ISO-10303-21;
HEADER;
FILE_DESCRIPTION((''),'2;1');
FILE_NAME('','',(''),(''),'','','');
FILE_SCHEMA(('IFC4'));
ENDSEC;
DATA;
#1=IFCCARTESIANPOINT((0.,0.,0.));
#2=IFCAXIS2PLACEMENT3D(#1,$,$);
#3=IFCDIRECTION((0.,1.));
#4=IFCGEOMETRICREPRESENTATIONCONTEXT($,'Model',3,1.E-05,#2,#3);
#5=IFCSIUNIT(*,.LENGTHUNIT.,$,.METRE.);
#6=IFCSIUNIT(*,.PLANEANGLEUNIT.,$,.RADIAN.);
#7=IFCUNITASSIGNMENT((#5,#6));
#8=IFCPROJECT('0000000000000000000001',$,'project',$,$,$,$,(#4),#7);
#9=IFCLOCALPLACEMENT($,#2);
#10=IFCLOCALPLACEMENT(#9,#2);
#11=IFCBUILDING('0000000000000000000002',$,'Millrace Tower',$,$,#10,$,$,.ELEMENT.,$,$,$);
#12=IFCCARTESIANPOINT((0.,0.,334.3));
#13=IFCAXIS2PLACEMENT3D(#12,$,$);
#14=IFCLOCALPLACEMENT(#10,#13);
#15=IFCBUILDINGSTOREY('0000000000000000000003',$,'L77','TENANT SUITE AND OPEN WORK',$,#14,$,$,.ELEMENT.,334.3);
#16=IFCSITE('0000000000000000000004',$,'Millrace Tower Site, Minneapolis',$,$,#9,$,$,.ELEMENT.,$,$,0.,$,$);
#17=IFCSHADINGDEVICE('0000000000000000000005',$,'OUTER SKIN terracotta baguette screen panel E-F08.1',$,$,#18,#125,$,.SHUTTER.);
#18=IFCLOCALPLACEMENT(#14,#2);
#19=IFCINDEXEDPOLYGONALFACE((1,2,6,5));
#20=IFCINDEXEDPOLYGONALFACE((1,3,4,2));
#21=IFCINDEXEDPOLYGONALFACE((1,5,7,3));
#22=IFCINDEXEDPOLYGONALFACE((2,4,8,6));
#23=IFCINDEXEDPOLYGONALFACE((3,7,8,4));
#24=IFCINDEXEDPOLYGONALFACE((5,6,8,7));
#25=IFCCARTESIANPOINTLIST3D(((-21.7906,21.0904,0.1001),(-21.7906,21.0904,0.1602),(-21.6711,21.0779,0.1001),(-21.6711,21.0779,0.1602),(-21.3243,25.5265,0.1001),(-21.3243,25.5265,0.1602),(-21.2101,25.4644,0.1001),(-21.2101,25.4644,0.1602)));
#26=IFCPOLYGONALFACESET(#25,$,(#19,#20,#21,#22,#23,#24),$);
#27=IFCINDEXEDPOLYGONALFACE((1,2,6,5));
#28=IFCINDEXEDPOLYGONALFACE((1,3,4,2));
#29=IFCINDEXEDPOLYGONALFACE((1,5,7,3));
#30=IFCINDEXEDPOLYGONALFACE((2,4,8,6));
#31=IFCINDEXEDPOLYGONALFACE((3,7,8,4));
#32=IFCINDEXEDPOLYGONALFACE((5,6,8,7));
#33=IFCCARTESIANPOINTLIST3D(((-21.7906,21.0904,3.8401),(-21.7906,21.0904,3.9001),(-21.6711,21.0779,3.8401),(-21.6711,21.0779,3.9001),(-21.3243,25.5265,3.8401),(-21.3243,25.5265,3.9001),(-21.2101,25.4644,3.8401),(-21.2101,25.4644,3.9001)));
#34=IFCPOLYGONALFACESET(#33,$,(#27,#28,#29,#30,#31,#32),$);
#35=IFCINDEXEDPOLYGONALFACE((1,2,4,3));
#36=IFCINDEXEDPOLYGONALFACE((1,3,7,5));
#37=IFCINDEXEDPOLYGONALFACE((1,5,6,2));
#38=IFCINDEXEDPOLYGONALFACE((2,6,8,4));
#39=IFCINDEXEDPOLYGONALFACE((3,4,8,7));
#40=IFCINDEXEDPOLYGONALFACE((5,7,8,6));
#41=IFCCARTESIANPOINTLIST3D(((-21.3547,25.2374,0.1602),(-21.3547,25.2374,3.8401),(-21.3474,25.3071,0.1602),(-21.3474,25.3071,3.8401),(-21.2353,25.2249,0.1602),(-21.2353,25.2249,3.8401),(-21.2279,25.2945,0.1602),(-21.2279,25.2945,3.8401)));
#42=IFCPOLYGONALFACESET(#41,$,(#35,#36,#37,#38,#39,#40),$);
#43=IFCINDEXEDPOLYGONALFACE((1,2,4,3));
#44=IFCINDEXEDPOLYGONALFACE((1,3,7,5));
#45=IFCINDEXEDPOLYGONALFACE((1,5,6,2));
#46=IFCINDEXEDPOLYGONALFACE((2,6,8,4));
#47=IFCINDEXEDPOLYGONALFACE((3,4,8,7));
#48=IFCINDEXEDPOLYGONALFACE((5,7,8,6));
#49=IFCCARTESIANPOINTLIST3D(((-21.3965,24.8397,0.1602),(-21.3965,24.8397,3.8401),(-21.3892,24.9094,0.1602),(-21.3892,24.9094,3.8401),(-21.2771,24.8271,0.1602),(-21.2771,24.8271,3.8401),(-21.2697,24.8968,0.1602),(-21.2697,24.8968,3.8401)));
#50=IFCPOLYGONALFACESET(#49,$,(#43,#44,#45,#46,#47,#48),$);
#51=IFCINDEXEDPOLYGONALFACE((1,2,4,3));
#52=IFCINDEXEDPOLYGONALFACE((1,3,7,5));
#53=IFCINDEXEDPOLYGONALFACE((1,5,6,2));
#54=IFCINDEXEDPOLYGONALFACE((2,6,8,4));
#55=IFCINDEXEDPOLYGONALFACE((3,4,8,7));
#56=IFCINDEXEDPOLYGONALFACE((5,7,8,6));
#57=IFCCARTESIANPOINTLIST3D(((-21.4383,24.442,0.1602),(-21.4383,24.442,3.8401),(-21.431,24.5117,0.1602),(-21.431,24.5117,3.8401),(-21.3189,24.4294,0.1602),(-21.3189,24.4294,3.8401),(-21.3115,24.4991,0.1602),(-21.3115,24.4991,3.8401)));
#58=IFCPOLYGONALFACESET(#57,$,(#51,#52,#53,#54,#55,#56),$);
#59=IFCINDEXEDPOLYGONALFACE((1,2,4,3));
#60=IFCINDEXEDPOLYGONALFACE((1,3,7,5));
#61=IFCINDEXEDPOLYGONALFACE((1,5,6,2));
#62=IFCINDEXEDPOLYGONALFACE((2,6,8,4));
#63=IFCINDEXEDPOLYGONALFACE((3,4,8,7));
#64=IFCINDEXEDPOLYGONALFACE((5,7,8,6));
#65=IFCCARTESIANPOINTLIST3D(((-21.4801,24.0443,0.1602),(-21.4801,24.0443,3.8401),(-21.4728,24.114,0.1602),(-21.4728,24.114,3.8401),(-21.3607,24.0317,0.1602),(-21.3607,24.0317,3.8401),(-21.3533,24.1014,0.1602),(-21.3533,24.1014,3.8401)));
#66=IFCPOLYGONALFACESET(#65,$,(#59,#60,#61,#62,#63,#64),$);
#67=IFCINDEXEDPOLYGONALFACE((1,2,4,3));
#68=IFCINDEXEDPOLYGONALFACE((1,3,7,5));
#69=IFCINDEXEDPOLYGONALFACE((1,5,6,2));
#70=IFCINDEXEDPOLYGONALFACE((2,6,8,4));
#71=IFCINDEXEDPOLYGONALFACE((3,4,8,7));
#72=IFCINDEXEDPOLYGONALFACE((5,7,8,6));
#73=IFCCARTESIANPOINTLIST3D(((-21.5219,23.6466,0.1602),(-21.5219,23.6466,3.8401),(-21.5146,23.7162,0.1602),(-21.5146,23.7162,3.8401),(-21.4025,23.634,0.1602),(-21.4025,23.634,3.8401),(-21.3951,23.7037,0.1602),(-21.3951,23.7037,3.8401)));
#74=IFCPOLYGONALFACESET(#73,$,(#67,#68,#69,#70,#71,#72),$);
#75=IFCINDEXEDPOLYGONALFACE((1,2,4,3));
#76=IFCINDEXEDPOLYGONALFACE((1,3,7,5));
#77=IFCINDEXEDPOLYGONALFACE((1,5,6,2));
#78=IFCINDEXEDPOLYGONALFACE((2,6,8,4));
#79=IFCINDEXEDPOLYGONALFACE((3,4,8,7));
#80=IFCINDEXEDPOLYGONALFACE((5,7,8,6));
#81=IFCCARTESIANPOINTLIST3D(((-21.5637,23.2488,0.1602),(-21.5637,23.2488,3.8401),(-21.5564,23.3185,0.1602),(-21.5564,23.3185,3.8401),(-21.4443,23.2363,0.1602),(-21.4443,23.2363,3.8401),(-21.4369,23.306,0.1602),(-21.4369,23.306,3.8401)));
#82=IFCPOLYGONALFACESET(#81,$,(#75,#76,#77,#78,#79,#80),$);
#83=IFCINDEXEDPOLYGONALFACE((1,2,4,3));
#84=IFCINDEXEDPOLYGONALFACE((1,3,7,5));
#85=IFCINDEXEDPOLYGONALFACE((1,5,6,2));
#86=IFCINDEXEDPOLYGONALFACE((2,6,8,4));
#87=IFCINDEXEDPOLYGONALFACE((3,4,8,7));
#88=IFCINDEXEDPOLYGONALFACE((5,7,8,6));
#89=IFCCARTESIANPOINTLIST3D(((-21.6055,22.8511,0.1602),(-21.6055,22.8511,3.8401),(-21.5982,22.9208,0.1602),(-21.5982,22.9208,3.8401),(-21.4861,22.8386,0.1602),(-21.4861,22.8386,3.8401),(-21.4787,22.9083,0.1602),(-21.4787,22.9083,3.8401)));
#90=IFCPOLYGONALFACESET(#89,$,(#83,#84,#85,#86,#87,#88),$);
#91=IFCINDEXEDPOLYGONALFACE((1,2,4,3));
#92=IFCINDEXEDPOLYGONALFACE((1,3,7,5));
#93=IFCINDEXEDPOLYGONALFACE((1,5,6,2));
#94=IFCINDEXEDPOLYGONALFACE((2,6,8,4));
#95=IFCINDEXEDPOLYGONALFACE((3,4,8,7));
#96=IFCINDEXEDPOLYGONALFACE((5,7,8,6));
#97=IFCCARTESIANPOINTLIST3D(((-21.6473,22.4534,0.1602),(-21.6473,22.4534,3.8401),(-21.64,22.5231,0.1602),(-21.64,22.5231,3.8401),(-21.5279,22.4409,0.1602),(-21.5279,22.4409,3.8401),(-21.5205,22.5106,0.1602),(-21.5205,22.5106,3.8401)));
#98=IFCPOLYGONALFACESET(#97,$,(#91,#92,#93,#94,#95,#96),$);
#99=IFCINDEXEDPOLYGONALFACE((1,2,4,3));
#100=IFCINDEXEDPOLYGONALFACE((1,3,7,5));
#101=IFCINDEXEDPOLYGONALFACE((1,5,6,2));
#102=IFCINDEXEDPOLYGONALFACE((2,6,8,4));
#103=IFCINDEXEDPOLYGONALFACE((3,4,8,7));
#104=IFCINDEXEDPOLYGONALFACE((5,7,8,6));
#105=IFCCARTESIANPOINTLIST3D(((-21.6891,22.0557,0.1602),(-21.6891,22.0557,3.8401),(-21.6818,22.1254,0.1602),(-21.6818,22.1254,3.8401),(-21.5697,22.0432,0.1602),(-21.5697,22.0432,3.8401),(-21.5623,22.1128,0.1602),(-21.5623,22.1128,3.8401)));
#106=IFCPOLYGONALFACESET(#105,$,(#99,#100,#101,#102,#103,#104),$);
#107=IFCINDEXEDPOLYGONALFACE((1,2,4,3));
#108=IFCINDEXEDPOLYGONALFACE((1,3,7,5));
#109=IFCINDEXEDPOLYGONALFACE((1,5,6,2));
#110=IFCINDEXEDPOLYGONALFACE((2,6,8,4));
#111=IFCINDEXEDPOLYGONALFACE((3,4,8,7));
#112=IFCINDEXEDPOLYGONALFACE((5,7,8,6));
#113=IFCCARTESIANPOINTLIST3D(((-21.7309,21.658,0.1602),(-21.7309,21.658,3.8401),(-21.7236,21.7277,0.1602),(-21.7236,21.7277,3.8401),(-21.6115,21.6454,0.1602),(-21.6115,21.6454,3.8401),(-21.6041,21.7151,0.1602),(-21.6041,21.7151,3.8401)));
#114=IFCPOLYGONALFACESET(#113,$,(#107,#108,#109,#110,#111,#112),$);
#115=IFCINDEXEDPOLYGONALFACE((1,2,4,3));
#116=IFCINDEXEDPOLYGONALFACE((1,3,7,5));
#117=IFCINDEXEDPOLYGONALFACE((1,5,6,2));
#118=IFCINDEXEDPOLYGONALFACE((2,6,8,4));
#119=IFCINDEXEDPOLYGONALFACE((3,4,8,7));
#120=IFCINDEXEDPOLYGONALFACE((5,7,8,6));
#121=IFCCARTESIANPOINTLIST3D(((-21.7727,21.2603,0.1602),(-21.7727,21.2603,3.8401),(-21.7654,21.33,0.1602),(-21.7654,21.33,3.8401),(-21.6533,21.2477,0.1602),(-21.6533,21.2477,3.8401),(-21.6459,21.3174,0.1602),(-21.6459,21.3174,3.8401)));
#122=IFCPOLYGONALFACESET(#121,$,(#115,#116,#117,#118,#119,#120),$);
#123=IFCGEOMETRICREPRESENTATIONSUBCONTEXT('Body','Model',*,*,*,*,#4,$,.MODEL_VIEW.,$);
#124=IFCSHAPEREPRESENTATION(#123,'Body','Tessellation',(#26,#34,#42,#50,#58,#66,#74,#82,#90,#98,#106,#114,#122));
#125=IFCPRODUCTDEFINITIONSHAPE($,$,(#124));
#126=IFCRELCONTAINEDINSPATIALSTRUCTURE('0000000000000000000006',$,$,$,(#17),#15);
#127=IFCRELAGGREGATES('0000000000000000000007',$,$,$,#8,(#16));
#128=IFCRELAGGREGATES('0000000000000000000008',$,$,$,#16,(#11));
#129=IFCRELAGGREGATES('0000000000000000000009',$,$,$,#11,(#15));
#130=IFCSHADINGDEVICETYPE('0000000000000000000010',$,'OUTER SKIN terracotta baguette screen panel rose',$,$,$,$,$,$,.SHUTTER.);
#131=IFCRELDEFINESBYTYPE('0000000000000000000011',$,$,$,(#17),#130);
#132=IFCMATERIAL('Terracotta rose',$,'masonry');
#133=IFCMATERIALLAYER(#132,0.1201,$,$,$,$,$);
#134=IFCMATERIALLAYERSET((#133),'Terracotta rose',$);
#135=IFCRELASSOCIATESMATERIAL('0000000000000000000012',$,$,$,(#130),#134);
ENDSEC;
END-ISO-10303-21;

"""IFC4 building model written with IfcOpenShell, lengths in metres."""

from ifc_helpers import new_model, entity, si_unit, direction, frame, frame_2d, origin, place, context, subcontext, project, spatial, rectangle, extrude, source, transform, mapped, material, layer, layer_set, type_object, element, save


model = new_model("IFC4")

# Units and contexts
model_context = context("Model", 3, precision=1e-05, world=origin(), true_north=direction((0.0, 1.0)))
body_context = subcontext(model_context, "Body", "Model", "MODEL_VIEW")
ifc_project = project(units=[si_unit("LENGTHUNIT", "METRE"), si_unit("PLANEANGLEUNIT", "RADIAN")], contexts=[model_context])

# Site, building, storey
site_placement = place(None, origin())
site = spatial("IfcSite", under=ifc_project, at=site_placement, Name="Millrace Tower Site, Minneapolis", CompositionType="ELEMENT", RefElevation=0.0)
building_placement = place(site_placement, origin())
building = spatial("IfcBuilding", under=site, at=building_placement, Name="Millrace Tower", CompositionType="ELEMENT")
storey_placement = place(building_placement, frame((0.0, 0.0, 334.3)))
storey = spatial("IfcBuildingStorey", under=building, at=storey_placement, Name="L77", Description="TENANT SUITE AND OPEN WORK", CompositionType="ELEMENT", Elevation=334.3)

# Shading device
ifc_material_1 = material(Name="Terracotta rose", Category="masonry")
ifc_layer_1 = layer(ifc_material_1, 0.1201)
ifc_layer_set_1 = layer_set([ifc_layer_1], Name="Terracotta rose")
shading_device_type = type_object("IfcShadingDeviceType", Name="OUTER SKIN terracotta baguette screen panel rose", PredefinedType="SHUTTER", material=ifc_layer_set_1)
cartesian_point_1 = entity("IfcCartesianPoint", [-2.1929, 0.0601])
shared_polyline_1 = entity("IfcPolyline", [cartesian_point_1, entity("IfcCartesianPoint", [2.2178, 0.0601]), entity("IfcCartesianPoint", [2.2178, -0.0601]), entity("IfcCartesianPoint", [-2.2427, -0.0601]), cartesian_point_1])
shared_shape_1 = source(origin(), body_context, "Body", "SweptSolid", [
    entity("IfcExtrudedAreaSolid", entity("IfcArbitraryClosedProfileDef", "AREA", None, shared_polyline_1), entity("IfcAxis2Placement3D", entity("IfcCartesianPoint", [0.0, 0.0, 0.0])), entity("IfcDirection", [0.0, 0.0, 1.0]), 0.0601),
    entity("IfcExtrudedAreaSolid", entity("IfcArbitraryClosedProfileDef", "AREA", None, shared_polyline_1), entity("IfcAxis2Placement3D", entity("IfcCartesianPoint", [0.0, 0.0, 3.74])), entity("IfcDirection", [0.0, 0.0, 1.0]), 0.0601),
    extrude(rectangle(XDim=0.0701, YDim=0.1201, at=frame_2d((-1.9871, 0.0))), frame((0.0, 0.0, 0.0601)), (0.0, 0.0, 1.0), 3.6799),
    extrude(rectangle(XDim=0.0701, YDim=0.1201, at=frame_2d((-1.5872, 0.0))), frame((0.0, 0.0, 0.0601)), (0.0, 0.0, 1.0), 3.6799),
    extrude(rectangle(XDim=0.0701, YDim=0.1201, at=frame_2d((-1.1873, 0.0))), frame((0.0, 0.0, 0.0601)), (0.0, 0.0, 1.0), 3.6799),
    extrude(rectangle(XDim=0.0701, YDim=0.1201, at=frame_2d((-0.7874, 0.0))), frame((0.0, 0.0, 0.0601)), (0.0, 0.0, 1.0), 3.6799),
    extrude(rectangle(XDim=0.0701, YDim=0.1201, at=frame_2d((-0.3875, 0.0))), frame((0.0, 0.0, 0.0601)), (0.0, 0.0, 1.0), 3.6799),
    extrude(rectangle(XDim=0.0701, YDim=0.1201, at=frame_2d((0.0125, 0.0))), frame((0.0, 0.0, 0.0601)), (0.0, 0.0, 1.0), 3.6799),
    extrude(rectangle(XDim=0.0701, YDim=0.1201, at=frame_2d((0.4124, 0.0))), frame((0.0, 0.0, 0.0601)), (0.0, 0.0, 1.0), 3.6799),
    extrude(rectangle(XDim=0.0701, YDim=0.1201, at=frame_2d((0.8123, 0.0))), frame((0.0, 0.0, 0.0601)), (0.0, 0.0, 1.0), 3.6799),
    extrude(rectangle(XDim=0.0701, YDim=0.1201, at=frame_2d((1.2122, 0.0))), frame((0.0, 0.0, 0.0601)), (0.0, 0.0, 1.0), 3.6799),
    extrude(rectangle(XDim=0.0701, YDim=0.1201, at=frame_2d((1.6121, 0.0))), frame((0.0, 0.0, 0.0601)), (0.0, 0.0, 1.0), 3.6799),
    extrude(rectangle(XDim=0.0701, YDim=0.1201, at=frame_2d((2.012, 0.0))), frame((0.0, 0.0, 0.0601)), (0.0, 0.0, 1.0), 3.6799),
])
shading_device_1_placement = place(storey_placement, frame((-21.499, 23.2898, 0.1001), z_axis=(0.0, 0.0, 1.0), x_axis=(-0.104528, -0.994522, 0.0)))
element("IfcShadingDevice", 1, at=shading_device_1_placement, inside=storey, type_object=shading_device_type, Name="OUTER SKIN terracotta baguette screen panel E-F08.1", PredefinedType="SHUTTER", context=body_context, shape_type="MappedRepresentation", body=[
    mapped(shared_shape_1, transform((0.0, 0.0, 0.0), scale=1.0)),
])

save(model, "model.ifc")
